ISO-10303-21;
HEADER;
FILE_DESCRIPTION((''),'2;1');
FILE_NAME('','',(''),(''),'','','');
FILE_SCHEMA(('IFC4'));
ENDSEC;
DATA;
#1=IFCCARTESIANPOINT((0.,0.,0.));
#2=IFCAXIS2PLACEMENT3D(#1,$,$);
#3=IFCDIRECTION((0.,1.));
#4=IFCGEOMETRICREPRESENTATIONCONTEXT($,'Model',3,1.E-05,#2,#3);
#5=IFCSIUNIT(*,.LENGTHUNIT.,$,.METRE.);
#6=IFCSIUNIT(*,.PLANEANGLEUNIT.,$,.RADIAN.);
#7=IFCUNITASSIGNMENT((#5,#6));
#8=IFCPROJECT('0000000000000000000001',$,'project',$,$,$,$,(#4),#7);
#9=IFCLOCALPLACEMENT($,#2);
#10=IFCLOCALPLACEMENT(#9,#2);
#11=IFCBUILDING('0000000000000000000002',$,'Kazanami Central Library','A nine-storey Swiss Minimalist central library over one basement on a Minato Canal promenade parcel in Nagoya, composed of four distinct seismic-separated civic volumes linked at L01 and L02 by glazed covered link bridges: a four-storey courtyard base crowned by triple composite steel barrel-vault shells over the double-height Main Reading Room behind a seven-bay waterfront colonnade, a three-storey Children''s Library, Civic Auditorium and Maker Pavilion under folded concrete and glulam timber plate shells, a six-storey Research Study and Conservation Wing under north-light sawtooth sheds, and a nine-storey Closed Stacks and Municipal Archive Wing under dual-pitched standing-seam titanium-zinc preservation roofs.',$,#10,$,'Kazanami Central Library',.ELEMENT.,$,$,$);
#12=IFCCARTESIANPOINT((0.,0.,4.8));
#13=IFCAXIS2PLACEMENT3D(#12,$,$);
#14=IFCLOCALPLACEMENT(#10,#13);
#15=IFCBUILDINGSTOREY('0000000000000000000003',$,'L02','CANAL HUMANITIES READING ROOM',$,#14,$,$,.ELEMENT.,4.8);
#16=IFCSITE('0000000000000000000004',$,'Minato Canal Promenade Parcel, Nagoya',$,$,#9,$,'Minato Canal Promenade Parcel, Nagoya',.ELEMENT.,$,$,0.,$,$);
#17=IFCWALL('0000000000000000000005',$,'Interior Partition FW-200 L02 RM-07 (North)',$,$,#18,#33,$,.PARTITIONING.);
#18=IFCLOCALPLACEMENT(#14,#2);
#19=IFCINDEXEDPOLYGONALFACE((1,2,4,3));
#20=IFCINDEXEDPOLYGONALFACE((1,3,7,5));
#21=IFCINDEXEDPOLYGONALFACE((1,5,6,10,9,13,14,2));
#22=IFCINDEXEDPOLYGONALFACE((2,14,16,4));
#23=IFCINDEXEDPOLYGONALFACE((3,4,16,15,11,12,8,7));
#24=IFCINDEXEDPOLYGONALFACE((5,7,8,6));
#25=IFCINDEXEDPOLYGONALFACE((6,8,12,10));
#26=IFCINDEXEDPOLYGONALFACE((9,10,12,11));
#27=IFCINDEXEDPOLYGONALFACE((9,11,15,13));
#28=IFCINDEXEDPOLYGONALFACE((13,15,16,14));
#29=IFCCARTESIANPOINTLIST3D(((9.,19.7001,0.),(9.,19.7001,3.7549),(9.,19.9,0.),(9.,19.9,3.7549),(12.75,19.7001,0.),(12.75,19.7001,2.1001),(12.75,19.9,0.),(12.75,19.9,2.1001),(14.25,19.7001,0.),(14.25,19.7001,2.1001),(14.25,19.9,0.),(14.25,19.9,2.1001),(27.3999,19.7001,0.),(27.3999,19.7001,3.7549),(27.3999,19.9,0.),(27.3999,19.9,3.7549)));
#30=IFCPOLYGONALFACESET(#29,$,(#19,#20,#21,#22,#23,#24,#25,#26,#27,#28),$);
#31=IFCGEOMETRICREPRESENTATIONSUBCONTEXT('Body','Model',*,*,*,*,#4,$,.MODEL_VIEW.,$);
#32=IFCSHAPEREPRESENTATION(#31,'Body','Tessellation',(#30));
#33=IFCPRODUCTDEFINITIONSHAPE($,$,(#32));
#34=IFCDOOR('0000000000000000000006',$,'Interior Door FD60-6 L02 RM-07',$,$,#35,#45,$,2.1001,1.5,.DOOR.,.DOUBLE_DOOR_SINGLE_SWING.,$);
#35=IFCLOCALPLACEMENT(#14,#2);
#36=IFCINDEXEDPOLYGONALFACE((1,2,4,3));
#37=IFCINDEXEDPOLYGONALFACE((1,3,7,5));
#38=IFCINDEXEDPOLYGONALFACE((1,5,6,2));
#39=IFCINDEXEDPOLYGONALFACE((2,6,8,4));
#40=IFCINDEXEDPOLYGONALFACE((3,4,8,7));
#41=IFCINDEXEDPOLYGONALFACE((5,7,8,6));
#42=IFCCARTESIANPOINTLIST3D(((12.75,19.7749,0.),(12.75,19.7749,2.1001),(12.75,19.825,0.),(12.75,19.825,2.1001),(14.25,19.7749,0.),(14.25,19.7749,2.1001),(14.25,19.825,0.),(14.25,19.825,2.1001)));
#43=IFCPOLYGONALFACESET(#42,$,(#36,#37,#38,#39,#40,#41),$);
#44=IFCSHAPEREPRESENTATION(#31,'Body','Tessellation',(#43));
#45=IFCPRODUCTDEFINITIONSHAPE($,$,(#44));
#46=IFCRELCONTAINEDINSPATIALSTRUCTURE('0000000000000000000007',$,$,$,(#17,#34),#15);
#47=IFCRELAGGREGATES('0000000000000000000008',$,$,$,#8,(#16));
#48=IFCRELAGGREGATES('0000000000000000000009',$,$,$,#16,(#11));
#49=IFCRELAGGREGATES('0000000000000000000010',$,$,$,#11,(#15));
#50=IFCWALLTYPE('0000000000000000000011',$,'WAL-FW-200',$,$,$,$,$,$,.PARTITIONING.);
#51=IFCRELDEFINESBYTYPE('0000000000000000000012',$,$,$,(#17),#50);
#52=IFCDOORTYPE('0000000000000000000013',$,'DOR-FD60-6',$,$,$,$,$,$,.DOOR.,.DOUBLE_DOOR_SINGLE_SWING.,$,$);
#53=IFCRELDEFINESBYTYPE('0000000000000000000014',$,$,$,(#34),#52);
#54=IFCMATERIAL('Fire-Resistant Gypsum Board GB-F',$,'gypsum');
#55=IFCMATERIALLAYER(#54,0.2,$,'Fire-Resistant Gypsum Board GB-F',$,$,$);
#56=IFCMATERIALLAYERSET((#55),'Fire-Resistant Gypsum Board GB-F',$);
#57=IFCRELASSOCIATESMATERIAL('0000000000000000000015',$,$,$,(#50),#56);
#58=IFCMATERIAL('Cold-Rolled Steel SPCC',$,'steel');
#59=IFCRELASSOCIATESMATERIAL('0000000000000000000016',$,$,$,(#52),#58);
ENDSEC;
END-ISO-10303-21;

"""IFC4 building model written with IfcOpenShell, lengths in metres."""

from ifc_helpers import new_model, si_unit, direction, frame, frame_2d, origin, place, context, subcontext, project, spatial, rectangle, extrude, material, layer, layer_set, type_object, element, fill, save


model = new_model("IFC4")

# Units and contexts
model_context = context("Model", 3, precision=1e-05, world=origin(), true_north=direction((0.0, 1.0)))
body_context = subcontext(model_context, "Body", "Model", "MODEL_VIEW")
ifc_project = project(units=[si_unit("LENGTHUNIT", "METRE"), si_unit("PLANEANGLEUNIT", "RADIAN")], contexts=[model_context])

# Site, building, storey
site_placement = place(None, origin())
site = spatial("IfcSite", under=ifc_project, at=site_placement, Name="Minato Canal Promenade Parcel, Nagoya", LongName="Minato Canal Promenade Parcel, Nagoya", CompositionType="ELEMENT", RefElevation=0.0)
building_placement = place(site_placement, origin())
building = spatial("IfcBuilding", under=site, at=building_placement, Name="Kazanami Central Library", Description="A nine-storey Swiss Minimalist central library over one basement on a Minato Canal promenade parcel in Nagoya, composed of four distinct seismic-separated civic volumes linked at L01 and L02 by glazed covered link bridges: a four-storey courtyard base crowned by triple composite steel barrel-vault shells over the double-height Main Reading Room behind a seven-bay waterfront colonnade, a three-storey Children's Library, Civic Auditorium and Maker Pavilion under folded concrete and glulam timber plate shells, a six-storey Research Study and Conservation Wing under north-light sawtooth sheds, and a nine-storey Closed Stacks and Municipal Archive Wing under dual-pitched standing-seam titanium-zinc preservation roofs.", LongName="Kazanami Central Library", CompositionType="ELEMENT")
storey_placement = place(building_placement, frame((0.0, 0.0, 4.8)))
storey = spatial("IfcBuildingStorey", under=building, at=storey_placement, Name="L02", Description="CANAL HUMANITIES READING ROOM", CompositionType="ELEMENT", Elevation=4.8)

# Shared definitions
ifc_material_1 = material(Name="Fire-Resistant Gypsum Board GB-F", Category="gypsum")
ifc_material_2 = material(Name="Cold-Rolled Steel SPCC", Category="steel")

# Wall, opening, door
ifc_layer_1 = layer(ifc_material_1, 0.2, Name="Fire-Resistant Gypsum Board GB-F")
ifc_layer_set_1 = layer_set([ifc_layer_1], Name="Fire-Resistant Gypsum Board GB-F")
wall_type_1 = type_object("IfcWallType", Name="WAL-FW-200", PredefinedType="PARTITIONING", material=ifc_layer_set_1)
wall_1_placement = place(storey_placement, frame((9.0, 19.8, 0.0), z_axis=(0.0, 0.0, 1.0), x_axis=(1.0, 0.0, 0.0)))
wall_1 = element("IfcWall", 1, at=wall_1_placement, inside=storey, type_object=wall_type_1, Name="Interior Partition FW-200 L02 RM-07 (North)", PredefinedType="PARTITIONING", context=body_context, shape_type="SweptSolid", body=[
    extrude(rectangle(XDim=18.3999, YDim=0.2, at=frame_2d((9.2, 0.0))), origin(), (0.0, 0.0, 1.0), 3.7549),
])
opening_1_placement = place(wall_1_placement, frame((3.75, 0.0, 0.0)))
opening_1 = element("IfcOpeningElement", 2, at=opening_1_placement, cuts=wall_1, PredefinedType="OPENING", context=body_context, shape_type="SweptSolid", body=[
    extrude(rectangle(XDim=1.5, YDim=2.1001, at=frame_2d((0.75, 1.05))), frame((0.0, 0.1118, 0.0), z_axis=(0.0, -1.0, 0.0), x_axis=(1.0, 0.0, 0.0)), (0.0, 0.0, 1.0), 0.2239),
])
door_type_1 = type_object("IfcDoorType", Name="DOR-FD60-6", OperationType="DOUBLE_DOOR_SINGLE_SWING", PredefinedType="DOOR", material=ifc_material_2)
door_1_placement = place(opening_1_placement, origin())
door_1 = element("IfcDoor", 3, at=door_1_placement, inside=storey, type_object=door_type_1, Name="Interior Door FD60-6 L02 RM-07", OperationType="DOUBLE_DOOR_SINGLE_SWING", OverallHeight=2.1001, OverallWidth=1.5, PredefinedType="DOOR", context=body_context, shape_type="SweptSolid", body=[
    extrude(rectangle(XDim=1.5, YDim=2.1001, at=frame_2d((0.75, 1.05))), frame((0.0, 0.0249, 0.0), z_axis=(0.0, -1.0, 0.0), x_axis=(1.0, 0.0, 0.0)), (0.0, 0.0, 1.0), 0.05),
])
fill(opening_1, door_1)

save(model, "model.ifc")
